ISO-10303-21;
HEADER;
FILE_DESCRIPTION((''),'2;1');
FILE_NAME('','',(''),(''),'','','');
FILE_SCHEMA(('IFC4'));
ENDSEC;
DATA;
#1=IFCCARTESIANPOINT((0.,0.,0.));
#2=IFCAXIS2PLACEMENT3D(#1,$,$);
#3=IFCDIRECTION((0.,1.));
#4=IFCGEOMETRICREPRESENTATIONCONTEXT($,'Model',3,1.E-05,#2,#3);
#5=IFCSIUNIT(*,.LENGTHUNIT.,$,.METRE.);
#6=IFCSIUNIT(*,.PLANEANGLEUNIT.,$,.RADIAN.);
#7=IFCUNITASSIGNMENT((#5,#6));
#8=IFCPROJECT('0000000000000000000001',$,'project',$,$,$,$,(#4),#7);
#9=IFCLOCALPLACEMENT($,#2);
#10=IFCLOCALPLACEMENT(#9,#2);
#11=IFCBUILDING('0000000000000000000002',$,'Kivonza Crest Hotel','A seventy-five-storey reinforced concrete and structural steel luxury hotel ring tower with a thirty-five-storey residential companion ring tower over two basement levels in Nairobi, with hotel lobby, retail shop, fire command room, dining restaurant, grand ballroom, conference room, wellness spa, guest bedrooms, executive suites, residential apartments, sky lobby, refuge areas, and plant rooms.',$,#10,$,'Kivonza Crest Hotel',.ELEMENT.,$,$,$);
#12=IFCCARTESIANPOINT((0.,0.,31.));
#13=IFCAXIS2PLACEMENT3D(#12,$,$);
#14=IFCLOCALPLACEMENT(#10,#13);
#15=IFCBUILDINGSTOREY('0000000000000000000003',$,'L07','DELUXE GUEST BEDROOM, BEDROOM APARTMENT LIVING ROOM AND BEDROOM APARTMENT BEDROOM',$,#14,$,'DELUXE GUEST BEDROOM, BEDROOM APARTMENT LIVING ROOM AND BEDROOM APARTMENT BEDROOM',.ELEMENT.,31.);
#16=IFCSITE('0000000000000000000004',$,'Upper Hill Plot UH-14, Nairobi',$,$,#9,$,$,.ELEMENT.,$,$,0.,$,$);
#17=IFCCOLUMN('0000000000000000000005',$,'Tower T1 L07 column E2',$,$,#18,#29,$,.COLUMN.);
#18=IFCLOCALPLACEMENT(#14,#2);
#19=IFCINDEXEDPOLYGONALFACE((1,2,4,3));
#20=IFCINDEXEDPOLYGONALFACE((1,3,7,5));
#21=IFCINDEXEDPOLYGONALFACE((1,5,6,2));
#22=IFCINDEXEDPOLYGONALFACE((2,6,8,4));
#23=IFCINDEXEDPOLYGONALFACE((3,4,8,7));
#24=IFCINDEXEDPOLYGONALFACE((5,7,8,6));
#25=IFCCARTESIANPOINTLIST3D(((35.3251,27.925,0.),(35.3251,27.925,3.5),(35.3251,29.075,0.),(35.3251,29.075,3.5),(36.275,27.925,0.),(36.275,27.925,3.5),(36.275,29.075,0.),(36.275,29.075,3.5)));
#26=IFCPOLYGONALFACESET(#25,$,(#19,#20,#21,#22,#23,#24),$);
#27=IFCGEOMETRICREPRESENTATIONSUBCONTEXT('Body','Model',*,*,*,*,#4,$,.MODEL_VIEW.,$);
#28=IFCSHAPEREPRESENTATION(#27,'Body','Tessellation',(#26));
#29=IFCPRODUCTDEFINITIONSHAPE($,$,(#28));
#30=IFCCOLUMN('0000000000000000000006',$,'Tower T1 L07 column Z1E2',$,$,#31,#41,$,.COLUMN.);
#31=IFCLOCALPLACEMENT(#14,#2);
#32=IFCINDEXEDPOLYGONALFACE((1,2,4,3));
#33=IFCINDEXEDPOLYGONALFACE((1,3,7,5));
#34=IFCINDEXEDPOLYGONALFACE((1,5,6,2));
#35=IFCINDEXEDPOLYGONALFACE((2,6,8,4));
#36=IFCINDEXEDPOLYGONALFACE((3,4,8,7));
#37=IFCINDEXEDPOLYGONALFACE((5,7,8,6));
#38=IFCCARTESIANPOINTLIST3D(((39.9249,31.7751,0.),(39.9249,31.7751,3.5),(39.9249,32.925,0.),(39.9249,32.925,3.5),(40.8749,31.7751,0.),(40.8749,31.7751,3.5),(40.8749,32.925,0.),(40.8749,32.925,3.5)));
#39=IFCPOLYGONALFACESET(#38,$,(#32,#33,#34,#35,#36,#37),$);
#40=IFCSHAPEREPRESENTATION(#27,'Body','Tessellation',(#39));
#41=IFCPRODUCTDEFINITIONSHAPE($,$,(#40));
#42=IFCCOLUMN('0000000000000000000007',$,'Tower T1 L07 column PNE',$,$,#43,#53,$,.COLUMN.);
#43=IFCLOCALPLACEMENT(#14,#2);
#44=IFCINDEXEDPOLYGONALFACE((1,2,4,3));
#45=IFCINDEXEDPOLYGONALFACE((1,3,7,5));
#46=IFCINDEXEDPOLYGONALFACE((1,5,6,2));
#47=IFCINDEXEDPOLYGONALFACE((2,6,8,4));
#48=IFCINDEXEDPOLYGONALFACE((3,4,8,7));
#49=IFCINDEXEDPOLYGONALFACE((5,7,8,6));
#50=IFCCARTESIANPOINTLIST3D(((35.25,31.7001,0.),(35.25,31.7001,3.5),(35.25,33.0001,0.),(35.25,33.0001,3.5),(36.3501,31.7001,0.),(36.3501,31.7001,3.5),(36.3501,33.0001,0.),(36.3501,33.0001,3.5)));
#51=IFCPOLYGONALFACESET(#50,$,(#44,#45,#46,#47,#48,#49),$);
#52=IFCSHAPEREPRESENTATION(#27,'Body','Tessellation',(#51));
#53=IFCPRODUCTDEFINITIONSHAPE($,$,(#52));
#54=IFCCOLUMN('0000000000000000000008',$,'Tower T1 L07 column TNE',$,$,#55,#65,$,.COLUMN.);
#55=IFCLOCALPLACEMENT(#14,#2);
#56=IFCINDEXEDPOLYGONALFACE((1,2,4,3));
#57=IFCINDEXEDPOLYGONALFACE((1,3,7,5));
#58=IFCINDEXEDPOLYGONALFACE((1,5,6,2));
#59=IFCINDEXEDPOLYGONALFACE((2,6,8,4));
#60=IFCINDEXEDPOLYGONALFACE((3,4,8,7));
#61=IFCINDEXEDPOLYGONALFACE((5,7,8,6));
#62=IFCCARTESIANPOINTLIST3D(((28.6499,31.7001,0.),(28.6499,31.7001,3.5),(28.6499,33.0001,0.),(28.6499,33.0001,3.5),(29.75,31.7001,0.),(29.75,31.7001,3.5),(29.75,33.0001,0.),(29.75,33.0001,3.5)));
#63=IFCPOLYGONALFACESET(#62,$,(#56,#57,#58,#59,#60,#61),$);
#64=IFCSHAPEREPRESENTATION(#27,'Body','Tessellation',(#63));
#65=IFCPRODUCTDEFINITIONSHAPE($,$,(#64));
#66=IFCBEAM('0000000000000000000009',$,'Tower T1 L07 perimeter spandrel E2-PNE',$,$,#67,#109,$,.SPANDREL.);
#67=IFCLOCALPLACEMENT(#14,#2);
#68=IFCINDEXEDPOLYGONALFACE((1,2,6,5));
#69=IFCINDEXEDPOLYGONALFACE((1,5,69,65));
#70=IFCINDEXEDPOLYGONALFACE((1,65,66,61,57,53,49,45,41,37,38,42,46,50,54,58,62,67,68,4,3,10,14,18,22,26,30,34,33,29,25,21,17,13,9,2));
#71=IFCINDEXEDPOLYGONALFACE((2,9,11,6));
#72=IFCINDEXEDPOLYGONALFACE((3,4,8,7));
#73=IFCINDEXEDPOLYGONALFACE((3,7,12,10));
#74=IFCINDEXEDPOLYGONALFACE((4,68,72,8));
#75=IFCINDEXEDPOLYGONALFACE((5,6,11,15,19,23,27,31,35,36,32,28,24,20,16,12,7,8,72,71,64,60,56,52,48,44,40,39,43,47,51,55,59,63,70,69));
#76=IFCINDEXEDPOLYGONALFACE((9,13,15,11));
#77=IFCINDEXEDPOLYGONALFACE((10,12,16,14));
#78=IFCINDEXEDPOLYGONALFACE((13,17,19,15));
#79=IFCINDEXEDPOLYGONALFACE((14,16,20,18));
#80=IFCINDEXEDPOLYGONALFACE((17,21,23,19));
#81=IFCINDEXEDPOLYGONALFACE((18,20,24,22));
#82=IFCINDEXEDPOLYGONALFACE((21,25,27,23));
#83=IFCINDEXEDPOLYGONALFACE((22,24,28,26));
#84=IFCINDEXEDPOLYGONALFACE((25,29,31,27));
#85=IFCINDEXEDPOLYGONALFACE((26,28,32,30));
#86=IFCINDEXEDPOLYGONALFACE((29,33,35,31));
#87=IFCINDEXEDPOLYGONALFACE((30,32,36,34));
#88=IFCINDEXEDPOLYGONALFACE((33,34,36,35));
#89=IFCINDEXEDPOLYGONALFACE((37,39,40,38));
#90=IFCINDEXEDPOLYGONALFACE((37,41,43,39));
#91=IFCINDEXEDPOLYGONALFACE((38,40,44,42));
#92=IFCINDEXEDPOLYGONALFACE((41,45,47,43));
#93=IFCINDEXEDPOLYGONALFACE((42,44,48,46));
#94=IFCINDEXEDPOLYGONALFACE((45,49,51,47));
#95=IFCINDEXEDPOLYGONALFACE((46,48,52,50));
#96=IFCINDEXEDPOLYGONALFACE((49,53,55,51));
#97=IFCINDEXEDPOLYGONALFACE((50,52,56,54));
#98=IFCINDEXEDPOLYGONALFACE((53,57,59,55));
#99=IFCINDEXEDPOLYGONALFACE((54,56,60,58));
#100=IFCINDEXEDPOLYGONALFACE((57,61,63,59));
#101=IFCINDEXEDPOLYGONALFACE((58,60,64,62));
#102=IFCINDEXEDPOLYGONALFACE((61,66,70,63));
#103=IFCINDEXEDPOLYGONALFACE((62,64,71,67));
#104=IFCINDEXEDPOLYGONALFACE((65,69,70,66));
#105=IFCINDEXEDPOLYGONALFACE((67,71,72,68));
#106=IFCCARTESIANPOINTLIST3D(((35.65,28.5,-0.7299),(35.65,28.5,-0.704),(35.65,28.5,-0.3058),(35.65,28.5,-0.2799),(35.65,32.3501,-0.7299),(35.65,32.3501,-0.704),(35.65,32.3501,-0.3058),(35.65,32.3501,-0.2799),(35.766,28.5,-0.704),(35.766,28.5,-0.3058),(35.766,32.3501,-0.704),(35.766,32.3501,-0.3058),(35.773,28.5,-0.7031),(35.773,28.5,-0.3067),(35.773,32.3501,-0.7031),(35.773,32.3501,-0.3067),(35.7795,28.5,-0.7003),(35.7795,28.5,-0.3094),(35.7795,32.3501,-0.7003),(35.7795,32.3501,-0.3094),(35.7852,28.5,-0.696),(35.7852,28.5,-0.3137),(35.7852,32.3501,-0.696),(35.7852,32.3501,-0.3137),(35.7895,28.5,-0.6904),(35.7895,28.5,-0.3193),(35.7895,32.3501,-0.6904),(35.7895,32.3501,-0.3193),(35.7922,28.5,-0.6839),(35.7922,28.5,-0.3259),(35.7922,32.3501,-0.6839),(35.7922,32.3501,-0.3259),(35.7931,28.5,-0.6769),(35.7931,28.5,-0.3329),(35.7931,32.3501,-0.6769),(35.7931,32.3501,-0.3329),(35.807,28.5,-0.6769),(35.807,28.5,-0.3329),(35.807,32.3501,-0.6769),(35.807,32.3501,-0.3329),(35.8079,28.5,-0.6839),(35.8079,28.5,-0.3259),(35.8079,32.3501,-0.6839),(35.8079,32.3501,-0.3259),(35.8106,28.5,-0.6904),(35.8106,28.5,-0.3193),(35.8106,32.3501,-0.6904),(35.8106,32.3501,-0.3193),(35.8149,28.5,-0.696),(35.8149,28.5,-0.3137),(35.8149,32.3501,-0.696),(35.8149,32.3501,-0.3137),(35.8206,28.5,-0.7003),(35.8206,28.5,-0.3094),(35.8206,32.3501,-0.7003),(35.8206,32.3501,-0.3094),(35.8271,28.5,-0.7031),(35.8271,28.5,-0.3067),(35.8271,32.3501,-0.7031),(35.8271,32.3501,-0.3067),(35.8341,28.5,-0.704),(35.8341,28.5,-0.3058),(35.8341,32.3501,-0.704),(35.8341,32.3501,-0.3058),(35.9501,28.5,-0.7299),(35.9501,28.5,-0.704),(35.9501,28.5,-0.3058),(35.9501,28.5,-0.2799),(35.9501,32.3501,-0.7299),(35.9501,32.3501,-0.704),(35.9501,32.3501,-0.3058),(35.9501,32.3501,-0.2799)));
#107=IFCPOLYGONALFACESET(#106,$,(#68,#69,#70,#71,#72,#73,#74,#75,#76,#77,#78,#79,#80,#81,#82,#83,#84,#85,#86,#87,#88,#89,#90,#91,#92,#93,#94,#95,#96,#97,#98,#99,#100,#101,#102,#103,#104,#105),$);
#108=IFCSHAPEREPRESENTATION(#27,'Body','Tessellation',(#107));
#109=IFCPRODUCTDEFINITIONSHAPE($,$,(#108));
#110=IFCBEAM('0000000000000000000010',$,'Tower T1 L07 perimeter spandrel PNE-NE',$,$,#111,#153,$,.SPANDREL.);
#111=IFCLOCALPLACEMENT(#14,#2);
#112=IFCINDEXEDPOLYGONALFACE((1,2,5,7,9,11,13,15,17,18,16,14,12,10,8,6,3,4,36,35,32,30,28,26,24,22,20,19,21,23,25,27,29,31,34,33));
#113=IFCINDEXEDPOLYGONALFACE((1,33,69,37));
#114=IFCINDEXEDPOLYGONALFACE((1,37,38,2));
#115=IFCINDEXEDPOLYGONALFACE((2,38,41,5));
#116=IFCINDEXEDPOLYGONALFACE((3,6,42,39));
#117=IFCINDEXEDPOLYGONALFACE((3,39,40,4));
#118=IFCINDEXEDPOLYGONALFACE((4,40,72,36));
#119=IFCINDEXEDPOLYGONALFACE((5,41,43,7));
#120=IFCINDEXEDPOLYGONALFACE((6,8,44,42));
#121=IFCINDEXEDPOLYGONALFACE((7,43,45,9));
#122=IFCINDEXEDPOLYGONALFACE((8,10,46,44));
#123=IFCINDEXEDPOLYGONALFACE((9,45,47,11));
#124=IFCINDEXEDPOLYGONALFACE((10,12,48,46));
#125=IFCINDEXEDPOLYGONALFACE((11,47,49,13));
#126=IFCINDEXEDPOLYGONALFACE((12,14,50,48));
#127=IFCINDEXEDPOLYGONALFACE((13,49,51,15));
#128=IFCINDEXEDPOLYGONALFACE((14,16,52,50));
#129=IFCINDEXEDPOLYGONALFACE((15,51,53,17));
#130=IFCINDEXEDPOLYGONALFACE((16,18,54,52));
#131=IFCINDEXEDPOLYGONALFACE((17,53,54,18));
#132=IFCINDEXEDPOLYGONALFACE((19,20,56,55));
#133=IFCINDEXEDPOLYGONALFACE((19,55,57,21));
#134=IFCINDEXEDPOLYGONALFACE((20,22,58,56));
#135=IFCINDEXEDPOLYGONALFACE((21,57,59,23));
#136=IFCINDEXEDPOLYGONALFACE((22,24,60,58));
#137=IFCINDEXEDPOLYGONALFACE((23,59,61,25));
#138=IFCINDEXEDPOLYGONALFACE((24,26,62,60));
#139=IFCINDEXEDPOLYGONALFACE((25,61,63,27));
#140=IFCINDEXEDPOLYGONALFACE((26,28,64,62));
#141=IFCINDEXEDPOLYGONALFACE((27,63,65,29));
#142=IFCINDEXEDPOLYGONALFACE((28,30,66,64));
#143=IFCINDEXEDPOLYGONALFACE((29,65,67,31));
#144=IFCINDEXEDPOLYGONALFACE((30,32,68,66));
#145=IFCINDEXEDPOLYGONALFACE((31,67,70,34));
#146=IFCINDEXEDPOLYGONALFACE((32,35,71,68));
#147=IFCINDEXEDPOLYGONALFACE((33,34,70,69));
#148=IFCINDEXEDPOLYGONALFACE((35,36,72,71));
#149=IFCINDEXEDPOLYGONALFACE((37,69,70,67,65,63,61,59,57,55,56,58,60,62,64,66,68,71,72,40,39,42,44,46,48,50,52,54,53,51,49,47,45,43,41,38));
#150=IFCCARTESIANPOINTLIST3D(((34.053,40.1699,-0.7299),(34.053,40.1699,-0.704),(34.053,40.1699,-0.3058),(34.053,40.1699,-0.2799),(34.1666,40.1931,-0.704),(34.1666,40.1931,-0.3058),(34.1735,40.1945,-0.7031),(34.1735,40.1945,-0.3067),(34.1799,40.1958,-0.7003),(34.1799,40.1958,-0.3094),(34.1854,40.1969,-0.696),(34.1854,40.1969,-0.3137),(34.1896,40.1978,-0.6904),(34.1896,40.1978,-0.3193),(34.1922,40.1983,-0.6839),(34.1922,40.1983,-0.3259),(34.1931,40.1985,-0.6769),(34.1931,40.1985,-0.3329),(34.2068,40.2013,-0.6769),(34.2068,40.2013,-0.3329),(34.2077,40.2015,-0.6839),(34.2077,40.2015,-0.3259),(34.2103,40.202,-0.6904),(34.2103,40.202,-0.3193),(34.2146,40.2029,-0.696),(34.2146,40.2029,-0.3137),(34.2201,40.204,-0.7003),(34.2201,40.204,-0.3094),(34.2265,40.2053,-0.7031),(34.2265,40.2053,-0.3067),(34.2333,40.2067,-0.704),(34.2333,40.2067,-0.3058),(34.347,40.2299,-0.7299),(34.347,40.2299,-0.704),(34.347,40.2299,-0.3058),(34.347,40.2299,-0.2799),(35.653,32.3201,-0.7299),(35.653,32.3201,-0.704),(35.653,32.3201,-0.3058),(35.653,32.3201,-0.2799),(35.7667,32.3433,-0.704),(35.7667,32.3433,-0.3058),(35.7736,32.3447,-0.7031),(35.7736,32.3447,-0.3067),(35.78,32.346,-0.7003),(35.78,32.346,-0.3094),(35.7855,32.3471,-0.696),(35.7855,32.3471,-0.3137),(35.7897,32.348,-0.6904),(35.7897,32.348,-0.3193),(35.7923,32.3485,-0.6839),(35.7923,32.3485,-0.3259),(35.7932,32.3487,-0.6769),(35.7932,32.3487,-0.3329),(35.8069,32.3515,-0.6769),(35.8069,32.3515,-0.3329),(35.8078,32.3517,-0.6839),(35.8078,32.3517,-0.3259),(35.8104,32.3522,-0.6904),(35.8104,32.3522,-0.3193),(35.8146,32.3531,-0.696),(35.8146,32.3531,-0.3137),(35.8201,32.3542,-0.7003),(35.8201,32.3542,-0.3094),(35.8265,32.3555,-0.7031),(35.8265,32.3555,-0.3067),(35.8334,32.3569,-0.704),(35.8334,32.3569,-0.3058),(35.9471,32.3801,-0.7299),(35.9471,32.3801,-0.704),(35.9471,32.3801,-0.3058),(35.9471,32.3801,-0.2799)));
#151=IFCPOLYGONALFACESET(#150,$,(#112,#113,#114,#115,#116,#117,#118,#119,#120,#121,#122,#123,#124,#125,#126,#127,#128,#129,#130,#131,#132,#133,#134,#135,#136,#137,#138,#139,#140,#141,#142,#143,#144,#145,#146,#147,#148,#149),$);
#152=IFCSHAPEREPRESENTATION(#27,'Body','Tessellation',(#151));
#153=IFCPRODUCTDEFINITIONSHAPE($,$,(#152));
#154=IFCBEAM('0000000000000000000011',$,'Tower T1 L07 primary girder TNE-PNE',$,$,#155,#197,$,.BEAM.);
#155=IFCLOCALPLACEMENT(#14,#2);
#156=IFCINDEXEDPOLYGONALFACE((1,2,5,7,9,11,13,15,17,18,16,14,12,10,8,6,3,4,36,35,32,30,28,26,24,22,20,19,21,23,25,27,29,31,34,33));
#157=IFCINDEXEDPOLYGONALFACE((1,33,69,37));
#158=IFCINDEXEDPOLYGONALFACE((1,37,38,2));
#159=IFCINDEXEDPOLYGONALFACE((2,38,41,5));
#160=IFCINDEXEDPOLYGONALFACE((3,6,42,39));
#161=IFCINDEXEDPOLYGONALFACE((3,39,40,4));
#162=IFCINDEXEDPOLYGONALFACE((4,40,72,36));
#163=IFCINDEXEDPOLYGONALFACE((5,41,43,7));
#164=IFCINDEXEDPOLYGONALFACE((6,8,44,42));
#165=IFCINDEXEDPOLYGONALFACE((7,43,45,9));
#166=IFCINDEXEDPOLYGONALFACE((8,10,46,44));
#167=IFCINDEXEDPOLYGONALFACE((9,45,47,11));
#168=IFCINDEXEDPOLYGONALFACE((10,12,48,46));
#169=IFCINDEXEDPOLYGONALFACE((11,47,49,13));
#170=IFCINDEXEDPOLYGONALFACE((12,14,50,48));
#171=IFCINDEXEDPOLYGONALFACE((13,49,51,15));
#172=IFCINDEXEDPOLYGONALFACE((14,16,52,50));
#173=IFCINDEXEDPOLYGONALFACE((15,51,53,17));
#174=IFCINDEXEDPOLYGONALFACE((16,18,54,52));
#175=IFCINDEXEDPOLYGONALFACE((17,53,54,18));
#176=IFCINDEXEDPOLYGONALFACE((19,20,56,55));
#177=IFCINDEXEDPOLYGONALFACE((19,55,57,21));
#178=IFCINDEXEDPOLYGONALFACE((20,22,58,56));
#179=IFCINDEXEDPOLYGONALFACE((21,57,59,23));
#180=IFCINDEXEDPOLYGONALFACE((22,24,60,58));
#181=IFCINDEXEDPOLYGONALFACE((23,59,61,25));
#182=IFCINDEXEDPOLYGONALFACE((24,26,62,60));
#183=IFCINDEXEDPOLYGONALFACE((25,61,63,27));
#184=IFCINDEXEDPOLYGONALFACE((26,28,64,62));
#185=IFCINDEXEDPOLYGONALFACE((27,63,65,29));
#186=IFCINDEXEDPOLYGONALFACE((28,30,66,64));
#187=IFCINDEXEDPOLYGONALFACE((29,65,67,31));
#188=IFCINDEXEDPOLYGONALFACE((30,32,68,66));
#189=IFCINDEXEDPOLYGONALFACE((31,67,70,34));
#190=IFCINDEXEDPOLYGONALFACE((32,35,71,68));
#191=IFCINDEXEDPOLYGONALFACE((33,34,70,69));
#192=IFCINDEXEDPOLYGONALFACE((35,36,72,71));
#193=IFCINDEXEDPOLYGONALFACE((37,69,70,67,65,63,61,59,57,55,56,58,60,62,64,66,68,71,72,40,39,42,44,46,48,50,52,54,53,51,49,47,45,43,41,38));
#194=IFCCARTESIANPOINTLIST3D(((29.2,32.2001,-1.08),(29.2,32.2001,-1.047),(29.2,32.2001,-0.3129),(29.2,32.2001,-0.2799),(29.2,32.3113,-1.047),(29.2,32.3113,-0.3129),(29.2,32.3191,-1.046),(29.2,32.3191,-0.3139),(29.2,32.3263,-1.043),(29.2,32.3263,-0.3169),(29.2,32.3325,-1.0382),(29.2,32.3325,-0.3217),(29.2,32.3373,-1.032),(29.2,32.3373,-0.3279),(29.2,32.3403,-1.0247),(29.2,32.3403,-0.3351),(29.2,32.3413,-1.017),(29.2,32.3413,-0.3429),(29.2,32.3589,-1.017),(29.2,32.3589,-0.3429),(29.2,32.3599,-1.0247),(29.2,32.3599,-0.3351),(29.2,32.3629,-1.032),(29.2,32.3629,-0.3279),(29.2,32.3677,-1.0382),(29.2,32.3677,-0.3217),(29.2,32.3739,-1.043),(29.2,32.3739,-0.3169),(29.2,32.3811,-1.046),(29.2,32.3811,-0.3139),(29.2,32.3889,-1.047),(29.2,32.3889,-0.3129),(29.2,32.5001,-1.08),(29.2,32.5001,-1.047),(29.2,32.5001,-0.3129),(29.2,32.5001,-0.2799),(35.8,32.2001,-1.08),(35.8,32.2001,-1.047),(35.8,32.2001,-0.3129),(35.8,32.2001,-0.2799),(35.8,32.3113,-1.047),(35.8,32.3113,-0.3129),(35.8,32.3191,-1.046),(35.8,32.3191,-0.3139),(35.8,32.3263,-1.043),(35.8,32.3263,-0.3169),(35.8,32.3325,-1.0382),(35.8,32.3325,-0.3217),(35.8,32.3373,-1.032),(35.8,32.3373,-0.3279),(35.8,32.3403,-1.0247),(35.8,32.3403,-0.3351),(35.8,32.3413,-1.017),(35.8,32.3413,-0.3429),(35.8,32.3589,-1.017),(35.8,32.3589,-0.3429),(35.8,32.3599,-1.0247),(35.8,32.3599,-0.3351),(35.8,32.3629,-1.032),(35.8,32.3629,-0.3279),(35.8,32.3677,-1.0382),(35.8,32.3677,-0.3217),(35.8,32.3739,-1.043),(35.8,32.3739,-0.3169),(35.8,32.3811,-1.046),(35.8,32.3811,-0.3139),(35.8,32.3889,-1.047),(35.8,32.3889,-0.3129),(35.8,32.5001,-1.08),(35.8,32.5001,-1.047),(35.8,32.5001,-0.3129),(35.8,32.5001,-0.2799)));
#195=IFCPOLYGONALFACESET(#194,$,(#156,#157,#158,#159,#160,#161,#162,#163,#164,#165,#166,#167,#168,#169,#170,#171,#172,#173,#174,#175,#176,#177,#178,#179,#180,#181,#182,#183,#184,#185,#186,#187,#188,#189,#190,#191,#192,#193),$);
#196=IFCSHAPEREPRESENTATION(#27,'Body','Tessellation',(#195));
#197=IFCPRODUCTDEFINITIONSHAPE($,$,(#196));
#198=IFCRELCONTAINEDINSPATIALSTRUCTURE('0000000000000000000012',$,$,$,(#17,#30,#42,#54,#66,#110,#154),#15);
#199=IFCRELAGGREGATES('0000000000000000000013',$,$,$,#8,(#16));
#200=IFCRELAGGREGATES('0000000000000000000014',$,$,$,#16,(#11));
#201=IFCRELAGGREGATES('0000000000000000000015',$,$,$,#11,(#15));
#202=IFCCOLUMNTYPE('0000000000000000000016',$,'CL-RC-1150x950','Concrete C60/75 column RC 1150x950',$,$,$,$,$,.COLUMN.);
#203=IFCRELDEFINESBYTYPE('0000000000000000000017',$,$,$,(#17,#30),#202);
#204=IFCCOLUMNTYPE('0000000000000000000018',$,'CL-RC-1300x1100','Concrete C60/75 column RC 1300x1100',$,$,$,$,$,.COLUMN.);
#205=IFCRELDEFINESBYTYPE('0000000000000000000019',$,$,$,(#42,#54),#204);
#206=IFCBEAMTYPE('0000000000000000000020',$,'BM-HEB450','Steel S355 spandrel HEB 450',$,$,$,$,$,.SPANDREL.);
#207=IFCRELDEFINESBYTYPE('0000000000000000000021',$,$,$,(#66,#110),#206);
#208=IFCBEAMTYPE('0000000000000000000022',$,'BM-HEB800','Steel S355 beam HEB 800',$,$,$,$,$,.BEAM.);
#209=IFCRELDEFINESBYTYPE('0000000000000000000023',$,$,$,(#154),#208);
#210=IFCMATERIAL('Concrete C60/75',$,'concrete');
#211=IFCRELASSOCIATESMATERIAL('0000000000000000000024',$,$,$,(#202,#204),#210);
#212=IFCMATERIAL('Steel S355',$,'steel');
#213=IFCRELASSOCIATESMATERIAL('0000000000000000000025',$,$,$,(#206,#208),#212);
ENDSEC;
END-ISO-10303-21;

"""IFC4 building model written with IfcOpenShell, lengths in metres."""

from ifc_helpers import new_model, si_unit, direction, frame, origin, origin_2d, place, context, subcontext, project, spatial, rectangle, i_section, extrude, material, material_profile, profile_set, type_object, element, save


model = new_model("IFC4")

# Units and contexts
model_context = context("Model", 3, precision=1e-05, world=origin(), true_north=direction((0.0, 1.0)))
body_context = subcontext(model_context, "Body", "Model", "MODEL_VIEW")
ifc_project = project(units=[si_unit("LENGTHUNIT", "METRE"), si_unit("PLANEANGLEUNIT", "RADIAN")], contexts=[model_context])

# Site, building, storey
site_placement = place(None, origin())
site = spatial("IfcSite", under=ifc_project, at=site_placement, Name="Upper Hill Plot UH-14, Nairobi", CompositionType="ELEMENT", RefElevation=0.0)
building_placement = place(site_placement, origin())
building = spatial("IfcBuilding", under=site, at=building_placement, Name="Kivonza Crest Hotel", Description="A seventy-five-storey reinforced concrete and structural steel luxury hotel ring tower with a thirty-five-storey residential companion ring tower over two basement levels in Nairobi, with hotel lobby, retail shop, fire command room, dining restaurant, grand ballroom, conference room, wellness spa, guest bedrooms, executive suites, residential apartments, sky lobby, refuge areas, and plant rooms.", LongName="Kivonza Crest Hotel", CompositionType="ELEMENT")
storey_placement = place(building_placement, frame((0.0, 0.0, 31.0)))
storey = spatial("IfcBuildingStorey", under=building, at=storey_placement, Name="L07", Description="DELUXE GUEST BEDROOM, BEDROOM APARTMENT LIVING ROOM AND BEDROOM APARTMENT BEDROOM", LongName="DELUXE GUEST BEDROOM, BEDROOM APARTMENT LIVING ROOM AND BEDROOM APARTMENT BEDROOM", CompositionType="ELEMENT", Elevation=31.0)

# Columns
ifc_material_1 = material(Name="Concrete C60/75", Category="concrete")
ifc_material_profile_1 = material_profile(ifc_material_1, rectangle(XDim=0.95, YDim=1.1499, at=origin_2d()), Name="RC 1150x950")
ifc_profile_set_1 = profile_set([ifc_material_profile_1], Name="Concrete C60/75")
column_type_1 = type_object("IfcColumnType", Name="CL-RC-1150x950", Description="Concrete C60/75 column RC 1150x950", PredefinedType="COLUMN", material=ifc_profile_set_1)
for number, where, z_axis, x_axis, name in (
    (1, (35.8, 28.5, 0.0), (0.0, 0.0, 1.0), (1.0, 0.0, 0.0), "Tower T1 L07 column E2"),
    (2, (40.3999, 32.3501, 0.0), (0.0, 0.0, 1.0), (1.0, 0.0, 0.0), "Tower T1 L07 column Z1E2"),
):
    element("IfcColumn", number, at=place(storey_placement, frame(where, z_axis=z_axis, x_axis=x_axis)), inside=storey, type_object=column_type_1, Name=name, PredefinedType="COLUMN", context=body_context, shape_type="SweptSolid", body=[
        extrude(rectangle(XDim=0.95, YDim=1.1499, at=origin_2d()), origin(), (0.0, 0.0, 1.0), 3.5),
    ])
ifc_material_profile_2 = material_profile(ifc_material_1, rectangle(XDim=1.1001, YDim=1.3, at=origin_2d()), Name="RC 1300x1100")
ifc_profile_set_2 = profile_set([ifc_material_profile_2], Name="Concrete C60/75")
column_type_2 = type_object("IfcColumnType", Name="CL-RC-1300x1100", Description="Concrete C60/75 column RC 1300x1100", PredefinedType="COLUMN", material=ifc_profile_set_2)
for number, where, z_axis, x_axis, name in (
    (3, (35.8, 32.3501, 0.0), (0.0, 0.0, 1.0), (1.0, 0.0, 0.0), "Tower T1 L07 column PNE"),
    (4, (29.2, 32.3501, 0.0), (0.0, 0.0, 1.0), (1.0, 0.0, 0.0), "Tower T1 L07 column TNE"),
):
    element("IfcColumn", number, at=place(storey_placement, frame(where, z_axis=z_axis, x_axis=x_axis)), inside=storey, type_object=column_type_2, Name=name, PredefinedType="COLUMN", context=body_context, shape_type="SweptSolid", body=[
        extrude(rectangle(XDim=1.1001, YDim=1.3, at=origin_2d()), origin(), (0.0, 0.0, 1.0), 3.5),
    ])

# Beams
ifc_material_2 = material(Name="Steel S355", Category="steel")
ifc_material_profile_3 = material_profile(ifc_material_2, i_section(OverallWidth=0.3, OverallDepth=0.45, WebThickness=0.0139, FlangeThickness=0.0259, FilletRadius=0.0271, at=origin_2d()), Name="HEB 450")
ifc_profile_set_3 = profile_set([ifc_material_profile_3], Name="Steel S355")
beam_type_1 = type_object("IfcBeamType", Name="BM-HEB450", Description="Steel S355 spandrel HEB 450", PredefinedType="SPANDREL", material=ifc_profile_set_3)
beam_1_placement = place(storey_placement, frame((35.8, 28.5, -0.5049), z_axis=(0.0, 1.0, 0.0), x_axis=(-1.0, 0.0, 0.0)))
element("IfcBeam", 5, at=beam_1_placement, inside=storey, type_object=beam_type_1, Name="Tower T1 L07 perimeter spandrel E2-PNE", PredefinedType="SPANDREL", context=body_context, shape_type="SweptSolid", body=[
    extrude(i_section(OverallWidth=0.3, OverallDepth=0.45, WebThickness=0.0139, FlangeThickness=0.0259, FilletRadius=0.0271, at=origin_2d()), origin(), (0.0, 0.0, 1.0), 3.8501),
])
beam_2_placement = place(storey_placement, frame((35.8, 32.3501, -0.5049), z_axis=(-0.199731, 0.979851, 0.0), x_axis=(-0.979851, -0.199731, 0.0)))
element("IfcBeam", 6, at=beam_2_placement, inside=storey, type_object=beam_type_1, Name="Tower T1 L07 perimeter spandrel PNE-NE", PredefinedType="SPANDREL", context=body_context, shape_type="SweptSolid", body=[
    extrude(i_section(OverallWidth=0.3, OverallDepth=0.45, WebThickness=0.0139, FlangeThickness=0.0259, FilletRadius=0.0271, at=origin_2d()), origin(), (0.0, 0.0, 1.0), 8.0112),
])
ifc_material_profile_4 = material_profile(ifc_material_2, i_section(OverallWidth=0.3, OverallDepth=0.8, WebThickness=0.0176, FlangeThickness=0.033, FilletRadius=0.03, at=origin_2d()), Name="HEB 800")
ifc_profile_set_4 = profile_set([ifc_material_profile_4], Name="Steel S355")
beam_type_2 = type_object("IfcBeamType", Name="BM-HEB800", Description="Steel S355 beam HEB 800", PredefinedType="BEAM", material=ifc_profile_set_4)
beam_3_placement = place(storey_placement, frame((29.2, 32.3501, -0.6799), z_axis=(1.0, 0.0, 0.0), x_axis=(0.0, 1.0, 0.0)))
element("IfcBeam", 7, at=beam_3_placement, inside=storey, type_object=beam_type_2, Name="Tower T1 L07 primary girder TNE-PNE", PredefinedType="BEAM", context=body_context, shape_type="SweptSolid", body=[
    extrude(i_section(OverallWidth=0.3, OverallDepth=0.8, WebThickness=0.0176, FlangeThickness=0.033, FilletRadius=0.03, at=origin_2d()), origin(), (0.0, 0.0, 1.0), 6.6001),
])

save(model, "model.ifc")
